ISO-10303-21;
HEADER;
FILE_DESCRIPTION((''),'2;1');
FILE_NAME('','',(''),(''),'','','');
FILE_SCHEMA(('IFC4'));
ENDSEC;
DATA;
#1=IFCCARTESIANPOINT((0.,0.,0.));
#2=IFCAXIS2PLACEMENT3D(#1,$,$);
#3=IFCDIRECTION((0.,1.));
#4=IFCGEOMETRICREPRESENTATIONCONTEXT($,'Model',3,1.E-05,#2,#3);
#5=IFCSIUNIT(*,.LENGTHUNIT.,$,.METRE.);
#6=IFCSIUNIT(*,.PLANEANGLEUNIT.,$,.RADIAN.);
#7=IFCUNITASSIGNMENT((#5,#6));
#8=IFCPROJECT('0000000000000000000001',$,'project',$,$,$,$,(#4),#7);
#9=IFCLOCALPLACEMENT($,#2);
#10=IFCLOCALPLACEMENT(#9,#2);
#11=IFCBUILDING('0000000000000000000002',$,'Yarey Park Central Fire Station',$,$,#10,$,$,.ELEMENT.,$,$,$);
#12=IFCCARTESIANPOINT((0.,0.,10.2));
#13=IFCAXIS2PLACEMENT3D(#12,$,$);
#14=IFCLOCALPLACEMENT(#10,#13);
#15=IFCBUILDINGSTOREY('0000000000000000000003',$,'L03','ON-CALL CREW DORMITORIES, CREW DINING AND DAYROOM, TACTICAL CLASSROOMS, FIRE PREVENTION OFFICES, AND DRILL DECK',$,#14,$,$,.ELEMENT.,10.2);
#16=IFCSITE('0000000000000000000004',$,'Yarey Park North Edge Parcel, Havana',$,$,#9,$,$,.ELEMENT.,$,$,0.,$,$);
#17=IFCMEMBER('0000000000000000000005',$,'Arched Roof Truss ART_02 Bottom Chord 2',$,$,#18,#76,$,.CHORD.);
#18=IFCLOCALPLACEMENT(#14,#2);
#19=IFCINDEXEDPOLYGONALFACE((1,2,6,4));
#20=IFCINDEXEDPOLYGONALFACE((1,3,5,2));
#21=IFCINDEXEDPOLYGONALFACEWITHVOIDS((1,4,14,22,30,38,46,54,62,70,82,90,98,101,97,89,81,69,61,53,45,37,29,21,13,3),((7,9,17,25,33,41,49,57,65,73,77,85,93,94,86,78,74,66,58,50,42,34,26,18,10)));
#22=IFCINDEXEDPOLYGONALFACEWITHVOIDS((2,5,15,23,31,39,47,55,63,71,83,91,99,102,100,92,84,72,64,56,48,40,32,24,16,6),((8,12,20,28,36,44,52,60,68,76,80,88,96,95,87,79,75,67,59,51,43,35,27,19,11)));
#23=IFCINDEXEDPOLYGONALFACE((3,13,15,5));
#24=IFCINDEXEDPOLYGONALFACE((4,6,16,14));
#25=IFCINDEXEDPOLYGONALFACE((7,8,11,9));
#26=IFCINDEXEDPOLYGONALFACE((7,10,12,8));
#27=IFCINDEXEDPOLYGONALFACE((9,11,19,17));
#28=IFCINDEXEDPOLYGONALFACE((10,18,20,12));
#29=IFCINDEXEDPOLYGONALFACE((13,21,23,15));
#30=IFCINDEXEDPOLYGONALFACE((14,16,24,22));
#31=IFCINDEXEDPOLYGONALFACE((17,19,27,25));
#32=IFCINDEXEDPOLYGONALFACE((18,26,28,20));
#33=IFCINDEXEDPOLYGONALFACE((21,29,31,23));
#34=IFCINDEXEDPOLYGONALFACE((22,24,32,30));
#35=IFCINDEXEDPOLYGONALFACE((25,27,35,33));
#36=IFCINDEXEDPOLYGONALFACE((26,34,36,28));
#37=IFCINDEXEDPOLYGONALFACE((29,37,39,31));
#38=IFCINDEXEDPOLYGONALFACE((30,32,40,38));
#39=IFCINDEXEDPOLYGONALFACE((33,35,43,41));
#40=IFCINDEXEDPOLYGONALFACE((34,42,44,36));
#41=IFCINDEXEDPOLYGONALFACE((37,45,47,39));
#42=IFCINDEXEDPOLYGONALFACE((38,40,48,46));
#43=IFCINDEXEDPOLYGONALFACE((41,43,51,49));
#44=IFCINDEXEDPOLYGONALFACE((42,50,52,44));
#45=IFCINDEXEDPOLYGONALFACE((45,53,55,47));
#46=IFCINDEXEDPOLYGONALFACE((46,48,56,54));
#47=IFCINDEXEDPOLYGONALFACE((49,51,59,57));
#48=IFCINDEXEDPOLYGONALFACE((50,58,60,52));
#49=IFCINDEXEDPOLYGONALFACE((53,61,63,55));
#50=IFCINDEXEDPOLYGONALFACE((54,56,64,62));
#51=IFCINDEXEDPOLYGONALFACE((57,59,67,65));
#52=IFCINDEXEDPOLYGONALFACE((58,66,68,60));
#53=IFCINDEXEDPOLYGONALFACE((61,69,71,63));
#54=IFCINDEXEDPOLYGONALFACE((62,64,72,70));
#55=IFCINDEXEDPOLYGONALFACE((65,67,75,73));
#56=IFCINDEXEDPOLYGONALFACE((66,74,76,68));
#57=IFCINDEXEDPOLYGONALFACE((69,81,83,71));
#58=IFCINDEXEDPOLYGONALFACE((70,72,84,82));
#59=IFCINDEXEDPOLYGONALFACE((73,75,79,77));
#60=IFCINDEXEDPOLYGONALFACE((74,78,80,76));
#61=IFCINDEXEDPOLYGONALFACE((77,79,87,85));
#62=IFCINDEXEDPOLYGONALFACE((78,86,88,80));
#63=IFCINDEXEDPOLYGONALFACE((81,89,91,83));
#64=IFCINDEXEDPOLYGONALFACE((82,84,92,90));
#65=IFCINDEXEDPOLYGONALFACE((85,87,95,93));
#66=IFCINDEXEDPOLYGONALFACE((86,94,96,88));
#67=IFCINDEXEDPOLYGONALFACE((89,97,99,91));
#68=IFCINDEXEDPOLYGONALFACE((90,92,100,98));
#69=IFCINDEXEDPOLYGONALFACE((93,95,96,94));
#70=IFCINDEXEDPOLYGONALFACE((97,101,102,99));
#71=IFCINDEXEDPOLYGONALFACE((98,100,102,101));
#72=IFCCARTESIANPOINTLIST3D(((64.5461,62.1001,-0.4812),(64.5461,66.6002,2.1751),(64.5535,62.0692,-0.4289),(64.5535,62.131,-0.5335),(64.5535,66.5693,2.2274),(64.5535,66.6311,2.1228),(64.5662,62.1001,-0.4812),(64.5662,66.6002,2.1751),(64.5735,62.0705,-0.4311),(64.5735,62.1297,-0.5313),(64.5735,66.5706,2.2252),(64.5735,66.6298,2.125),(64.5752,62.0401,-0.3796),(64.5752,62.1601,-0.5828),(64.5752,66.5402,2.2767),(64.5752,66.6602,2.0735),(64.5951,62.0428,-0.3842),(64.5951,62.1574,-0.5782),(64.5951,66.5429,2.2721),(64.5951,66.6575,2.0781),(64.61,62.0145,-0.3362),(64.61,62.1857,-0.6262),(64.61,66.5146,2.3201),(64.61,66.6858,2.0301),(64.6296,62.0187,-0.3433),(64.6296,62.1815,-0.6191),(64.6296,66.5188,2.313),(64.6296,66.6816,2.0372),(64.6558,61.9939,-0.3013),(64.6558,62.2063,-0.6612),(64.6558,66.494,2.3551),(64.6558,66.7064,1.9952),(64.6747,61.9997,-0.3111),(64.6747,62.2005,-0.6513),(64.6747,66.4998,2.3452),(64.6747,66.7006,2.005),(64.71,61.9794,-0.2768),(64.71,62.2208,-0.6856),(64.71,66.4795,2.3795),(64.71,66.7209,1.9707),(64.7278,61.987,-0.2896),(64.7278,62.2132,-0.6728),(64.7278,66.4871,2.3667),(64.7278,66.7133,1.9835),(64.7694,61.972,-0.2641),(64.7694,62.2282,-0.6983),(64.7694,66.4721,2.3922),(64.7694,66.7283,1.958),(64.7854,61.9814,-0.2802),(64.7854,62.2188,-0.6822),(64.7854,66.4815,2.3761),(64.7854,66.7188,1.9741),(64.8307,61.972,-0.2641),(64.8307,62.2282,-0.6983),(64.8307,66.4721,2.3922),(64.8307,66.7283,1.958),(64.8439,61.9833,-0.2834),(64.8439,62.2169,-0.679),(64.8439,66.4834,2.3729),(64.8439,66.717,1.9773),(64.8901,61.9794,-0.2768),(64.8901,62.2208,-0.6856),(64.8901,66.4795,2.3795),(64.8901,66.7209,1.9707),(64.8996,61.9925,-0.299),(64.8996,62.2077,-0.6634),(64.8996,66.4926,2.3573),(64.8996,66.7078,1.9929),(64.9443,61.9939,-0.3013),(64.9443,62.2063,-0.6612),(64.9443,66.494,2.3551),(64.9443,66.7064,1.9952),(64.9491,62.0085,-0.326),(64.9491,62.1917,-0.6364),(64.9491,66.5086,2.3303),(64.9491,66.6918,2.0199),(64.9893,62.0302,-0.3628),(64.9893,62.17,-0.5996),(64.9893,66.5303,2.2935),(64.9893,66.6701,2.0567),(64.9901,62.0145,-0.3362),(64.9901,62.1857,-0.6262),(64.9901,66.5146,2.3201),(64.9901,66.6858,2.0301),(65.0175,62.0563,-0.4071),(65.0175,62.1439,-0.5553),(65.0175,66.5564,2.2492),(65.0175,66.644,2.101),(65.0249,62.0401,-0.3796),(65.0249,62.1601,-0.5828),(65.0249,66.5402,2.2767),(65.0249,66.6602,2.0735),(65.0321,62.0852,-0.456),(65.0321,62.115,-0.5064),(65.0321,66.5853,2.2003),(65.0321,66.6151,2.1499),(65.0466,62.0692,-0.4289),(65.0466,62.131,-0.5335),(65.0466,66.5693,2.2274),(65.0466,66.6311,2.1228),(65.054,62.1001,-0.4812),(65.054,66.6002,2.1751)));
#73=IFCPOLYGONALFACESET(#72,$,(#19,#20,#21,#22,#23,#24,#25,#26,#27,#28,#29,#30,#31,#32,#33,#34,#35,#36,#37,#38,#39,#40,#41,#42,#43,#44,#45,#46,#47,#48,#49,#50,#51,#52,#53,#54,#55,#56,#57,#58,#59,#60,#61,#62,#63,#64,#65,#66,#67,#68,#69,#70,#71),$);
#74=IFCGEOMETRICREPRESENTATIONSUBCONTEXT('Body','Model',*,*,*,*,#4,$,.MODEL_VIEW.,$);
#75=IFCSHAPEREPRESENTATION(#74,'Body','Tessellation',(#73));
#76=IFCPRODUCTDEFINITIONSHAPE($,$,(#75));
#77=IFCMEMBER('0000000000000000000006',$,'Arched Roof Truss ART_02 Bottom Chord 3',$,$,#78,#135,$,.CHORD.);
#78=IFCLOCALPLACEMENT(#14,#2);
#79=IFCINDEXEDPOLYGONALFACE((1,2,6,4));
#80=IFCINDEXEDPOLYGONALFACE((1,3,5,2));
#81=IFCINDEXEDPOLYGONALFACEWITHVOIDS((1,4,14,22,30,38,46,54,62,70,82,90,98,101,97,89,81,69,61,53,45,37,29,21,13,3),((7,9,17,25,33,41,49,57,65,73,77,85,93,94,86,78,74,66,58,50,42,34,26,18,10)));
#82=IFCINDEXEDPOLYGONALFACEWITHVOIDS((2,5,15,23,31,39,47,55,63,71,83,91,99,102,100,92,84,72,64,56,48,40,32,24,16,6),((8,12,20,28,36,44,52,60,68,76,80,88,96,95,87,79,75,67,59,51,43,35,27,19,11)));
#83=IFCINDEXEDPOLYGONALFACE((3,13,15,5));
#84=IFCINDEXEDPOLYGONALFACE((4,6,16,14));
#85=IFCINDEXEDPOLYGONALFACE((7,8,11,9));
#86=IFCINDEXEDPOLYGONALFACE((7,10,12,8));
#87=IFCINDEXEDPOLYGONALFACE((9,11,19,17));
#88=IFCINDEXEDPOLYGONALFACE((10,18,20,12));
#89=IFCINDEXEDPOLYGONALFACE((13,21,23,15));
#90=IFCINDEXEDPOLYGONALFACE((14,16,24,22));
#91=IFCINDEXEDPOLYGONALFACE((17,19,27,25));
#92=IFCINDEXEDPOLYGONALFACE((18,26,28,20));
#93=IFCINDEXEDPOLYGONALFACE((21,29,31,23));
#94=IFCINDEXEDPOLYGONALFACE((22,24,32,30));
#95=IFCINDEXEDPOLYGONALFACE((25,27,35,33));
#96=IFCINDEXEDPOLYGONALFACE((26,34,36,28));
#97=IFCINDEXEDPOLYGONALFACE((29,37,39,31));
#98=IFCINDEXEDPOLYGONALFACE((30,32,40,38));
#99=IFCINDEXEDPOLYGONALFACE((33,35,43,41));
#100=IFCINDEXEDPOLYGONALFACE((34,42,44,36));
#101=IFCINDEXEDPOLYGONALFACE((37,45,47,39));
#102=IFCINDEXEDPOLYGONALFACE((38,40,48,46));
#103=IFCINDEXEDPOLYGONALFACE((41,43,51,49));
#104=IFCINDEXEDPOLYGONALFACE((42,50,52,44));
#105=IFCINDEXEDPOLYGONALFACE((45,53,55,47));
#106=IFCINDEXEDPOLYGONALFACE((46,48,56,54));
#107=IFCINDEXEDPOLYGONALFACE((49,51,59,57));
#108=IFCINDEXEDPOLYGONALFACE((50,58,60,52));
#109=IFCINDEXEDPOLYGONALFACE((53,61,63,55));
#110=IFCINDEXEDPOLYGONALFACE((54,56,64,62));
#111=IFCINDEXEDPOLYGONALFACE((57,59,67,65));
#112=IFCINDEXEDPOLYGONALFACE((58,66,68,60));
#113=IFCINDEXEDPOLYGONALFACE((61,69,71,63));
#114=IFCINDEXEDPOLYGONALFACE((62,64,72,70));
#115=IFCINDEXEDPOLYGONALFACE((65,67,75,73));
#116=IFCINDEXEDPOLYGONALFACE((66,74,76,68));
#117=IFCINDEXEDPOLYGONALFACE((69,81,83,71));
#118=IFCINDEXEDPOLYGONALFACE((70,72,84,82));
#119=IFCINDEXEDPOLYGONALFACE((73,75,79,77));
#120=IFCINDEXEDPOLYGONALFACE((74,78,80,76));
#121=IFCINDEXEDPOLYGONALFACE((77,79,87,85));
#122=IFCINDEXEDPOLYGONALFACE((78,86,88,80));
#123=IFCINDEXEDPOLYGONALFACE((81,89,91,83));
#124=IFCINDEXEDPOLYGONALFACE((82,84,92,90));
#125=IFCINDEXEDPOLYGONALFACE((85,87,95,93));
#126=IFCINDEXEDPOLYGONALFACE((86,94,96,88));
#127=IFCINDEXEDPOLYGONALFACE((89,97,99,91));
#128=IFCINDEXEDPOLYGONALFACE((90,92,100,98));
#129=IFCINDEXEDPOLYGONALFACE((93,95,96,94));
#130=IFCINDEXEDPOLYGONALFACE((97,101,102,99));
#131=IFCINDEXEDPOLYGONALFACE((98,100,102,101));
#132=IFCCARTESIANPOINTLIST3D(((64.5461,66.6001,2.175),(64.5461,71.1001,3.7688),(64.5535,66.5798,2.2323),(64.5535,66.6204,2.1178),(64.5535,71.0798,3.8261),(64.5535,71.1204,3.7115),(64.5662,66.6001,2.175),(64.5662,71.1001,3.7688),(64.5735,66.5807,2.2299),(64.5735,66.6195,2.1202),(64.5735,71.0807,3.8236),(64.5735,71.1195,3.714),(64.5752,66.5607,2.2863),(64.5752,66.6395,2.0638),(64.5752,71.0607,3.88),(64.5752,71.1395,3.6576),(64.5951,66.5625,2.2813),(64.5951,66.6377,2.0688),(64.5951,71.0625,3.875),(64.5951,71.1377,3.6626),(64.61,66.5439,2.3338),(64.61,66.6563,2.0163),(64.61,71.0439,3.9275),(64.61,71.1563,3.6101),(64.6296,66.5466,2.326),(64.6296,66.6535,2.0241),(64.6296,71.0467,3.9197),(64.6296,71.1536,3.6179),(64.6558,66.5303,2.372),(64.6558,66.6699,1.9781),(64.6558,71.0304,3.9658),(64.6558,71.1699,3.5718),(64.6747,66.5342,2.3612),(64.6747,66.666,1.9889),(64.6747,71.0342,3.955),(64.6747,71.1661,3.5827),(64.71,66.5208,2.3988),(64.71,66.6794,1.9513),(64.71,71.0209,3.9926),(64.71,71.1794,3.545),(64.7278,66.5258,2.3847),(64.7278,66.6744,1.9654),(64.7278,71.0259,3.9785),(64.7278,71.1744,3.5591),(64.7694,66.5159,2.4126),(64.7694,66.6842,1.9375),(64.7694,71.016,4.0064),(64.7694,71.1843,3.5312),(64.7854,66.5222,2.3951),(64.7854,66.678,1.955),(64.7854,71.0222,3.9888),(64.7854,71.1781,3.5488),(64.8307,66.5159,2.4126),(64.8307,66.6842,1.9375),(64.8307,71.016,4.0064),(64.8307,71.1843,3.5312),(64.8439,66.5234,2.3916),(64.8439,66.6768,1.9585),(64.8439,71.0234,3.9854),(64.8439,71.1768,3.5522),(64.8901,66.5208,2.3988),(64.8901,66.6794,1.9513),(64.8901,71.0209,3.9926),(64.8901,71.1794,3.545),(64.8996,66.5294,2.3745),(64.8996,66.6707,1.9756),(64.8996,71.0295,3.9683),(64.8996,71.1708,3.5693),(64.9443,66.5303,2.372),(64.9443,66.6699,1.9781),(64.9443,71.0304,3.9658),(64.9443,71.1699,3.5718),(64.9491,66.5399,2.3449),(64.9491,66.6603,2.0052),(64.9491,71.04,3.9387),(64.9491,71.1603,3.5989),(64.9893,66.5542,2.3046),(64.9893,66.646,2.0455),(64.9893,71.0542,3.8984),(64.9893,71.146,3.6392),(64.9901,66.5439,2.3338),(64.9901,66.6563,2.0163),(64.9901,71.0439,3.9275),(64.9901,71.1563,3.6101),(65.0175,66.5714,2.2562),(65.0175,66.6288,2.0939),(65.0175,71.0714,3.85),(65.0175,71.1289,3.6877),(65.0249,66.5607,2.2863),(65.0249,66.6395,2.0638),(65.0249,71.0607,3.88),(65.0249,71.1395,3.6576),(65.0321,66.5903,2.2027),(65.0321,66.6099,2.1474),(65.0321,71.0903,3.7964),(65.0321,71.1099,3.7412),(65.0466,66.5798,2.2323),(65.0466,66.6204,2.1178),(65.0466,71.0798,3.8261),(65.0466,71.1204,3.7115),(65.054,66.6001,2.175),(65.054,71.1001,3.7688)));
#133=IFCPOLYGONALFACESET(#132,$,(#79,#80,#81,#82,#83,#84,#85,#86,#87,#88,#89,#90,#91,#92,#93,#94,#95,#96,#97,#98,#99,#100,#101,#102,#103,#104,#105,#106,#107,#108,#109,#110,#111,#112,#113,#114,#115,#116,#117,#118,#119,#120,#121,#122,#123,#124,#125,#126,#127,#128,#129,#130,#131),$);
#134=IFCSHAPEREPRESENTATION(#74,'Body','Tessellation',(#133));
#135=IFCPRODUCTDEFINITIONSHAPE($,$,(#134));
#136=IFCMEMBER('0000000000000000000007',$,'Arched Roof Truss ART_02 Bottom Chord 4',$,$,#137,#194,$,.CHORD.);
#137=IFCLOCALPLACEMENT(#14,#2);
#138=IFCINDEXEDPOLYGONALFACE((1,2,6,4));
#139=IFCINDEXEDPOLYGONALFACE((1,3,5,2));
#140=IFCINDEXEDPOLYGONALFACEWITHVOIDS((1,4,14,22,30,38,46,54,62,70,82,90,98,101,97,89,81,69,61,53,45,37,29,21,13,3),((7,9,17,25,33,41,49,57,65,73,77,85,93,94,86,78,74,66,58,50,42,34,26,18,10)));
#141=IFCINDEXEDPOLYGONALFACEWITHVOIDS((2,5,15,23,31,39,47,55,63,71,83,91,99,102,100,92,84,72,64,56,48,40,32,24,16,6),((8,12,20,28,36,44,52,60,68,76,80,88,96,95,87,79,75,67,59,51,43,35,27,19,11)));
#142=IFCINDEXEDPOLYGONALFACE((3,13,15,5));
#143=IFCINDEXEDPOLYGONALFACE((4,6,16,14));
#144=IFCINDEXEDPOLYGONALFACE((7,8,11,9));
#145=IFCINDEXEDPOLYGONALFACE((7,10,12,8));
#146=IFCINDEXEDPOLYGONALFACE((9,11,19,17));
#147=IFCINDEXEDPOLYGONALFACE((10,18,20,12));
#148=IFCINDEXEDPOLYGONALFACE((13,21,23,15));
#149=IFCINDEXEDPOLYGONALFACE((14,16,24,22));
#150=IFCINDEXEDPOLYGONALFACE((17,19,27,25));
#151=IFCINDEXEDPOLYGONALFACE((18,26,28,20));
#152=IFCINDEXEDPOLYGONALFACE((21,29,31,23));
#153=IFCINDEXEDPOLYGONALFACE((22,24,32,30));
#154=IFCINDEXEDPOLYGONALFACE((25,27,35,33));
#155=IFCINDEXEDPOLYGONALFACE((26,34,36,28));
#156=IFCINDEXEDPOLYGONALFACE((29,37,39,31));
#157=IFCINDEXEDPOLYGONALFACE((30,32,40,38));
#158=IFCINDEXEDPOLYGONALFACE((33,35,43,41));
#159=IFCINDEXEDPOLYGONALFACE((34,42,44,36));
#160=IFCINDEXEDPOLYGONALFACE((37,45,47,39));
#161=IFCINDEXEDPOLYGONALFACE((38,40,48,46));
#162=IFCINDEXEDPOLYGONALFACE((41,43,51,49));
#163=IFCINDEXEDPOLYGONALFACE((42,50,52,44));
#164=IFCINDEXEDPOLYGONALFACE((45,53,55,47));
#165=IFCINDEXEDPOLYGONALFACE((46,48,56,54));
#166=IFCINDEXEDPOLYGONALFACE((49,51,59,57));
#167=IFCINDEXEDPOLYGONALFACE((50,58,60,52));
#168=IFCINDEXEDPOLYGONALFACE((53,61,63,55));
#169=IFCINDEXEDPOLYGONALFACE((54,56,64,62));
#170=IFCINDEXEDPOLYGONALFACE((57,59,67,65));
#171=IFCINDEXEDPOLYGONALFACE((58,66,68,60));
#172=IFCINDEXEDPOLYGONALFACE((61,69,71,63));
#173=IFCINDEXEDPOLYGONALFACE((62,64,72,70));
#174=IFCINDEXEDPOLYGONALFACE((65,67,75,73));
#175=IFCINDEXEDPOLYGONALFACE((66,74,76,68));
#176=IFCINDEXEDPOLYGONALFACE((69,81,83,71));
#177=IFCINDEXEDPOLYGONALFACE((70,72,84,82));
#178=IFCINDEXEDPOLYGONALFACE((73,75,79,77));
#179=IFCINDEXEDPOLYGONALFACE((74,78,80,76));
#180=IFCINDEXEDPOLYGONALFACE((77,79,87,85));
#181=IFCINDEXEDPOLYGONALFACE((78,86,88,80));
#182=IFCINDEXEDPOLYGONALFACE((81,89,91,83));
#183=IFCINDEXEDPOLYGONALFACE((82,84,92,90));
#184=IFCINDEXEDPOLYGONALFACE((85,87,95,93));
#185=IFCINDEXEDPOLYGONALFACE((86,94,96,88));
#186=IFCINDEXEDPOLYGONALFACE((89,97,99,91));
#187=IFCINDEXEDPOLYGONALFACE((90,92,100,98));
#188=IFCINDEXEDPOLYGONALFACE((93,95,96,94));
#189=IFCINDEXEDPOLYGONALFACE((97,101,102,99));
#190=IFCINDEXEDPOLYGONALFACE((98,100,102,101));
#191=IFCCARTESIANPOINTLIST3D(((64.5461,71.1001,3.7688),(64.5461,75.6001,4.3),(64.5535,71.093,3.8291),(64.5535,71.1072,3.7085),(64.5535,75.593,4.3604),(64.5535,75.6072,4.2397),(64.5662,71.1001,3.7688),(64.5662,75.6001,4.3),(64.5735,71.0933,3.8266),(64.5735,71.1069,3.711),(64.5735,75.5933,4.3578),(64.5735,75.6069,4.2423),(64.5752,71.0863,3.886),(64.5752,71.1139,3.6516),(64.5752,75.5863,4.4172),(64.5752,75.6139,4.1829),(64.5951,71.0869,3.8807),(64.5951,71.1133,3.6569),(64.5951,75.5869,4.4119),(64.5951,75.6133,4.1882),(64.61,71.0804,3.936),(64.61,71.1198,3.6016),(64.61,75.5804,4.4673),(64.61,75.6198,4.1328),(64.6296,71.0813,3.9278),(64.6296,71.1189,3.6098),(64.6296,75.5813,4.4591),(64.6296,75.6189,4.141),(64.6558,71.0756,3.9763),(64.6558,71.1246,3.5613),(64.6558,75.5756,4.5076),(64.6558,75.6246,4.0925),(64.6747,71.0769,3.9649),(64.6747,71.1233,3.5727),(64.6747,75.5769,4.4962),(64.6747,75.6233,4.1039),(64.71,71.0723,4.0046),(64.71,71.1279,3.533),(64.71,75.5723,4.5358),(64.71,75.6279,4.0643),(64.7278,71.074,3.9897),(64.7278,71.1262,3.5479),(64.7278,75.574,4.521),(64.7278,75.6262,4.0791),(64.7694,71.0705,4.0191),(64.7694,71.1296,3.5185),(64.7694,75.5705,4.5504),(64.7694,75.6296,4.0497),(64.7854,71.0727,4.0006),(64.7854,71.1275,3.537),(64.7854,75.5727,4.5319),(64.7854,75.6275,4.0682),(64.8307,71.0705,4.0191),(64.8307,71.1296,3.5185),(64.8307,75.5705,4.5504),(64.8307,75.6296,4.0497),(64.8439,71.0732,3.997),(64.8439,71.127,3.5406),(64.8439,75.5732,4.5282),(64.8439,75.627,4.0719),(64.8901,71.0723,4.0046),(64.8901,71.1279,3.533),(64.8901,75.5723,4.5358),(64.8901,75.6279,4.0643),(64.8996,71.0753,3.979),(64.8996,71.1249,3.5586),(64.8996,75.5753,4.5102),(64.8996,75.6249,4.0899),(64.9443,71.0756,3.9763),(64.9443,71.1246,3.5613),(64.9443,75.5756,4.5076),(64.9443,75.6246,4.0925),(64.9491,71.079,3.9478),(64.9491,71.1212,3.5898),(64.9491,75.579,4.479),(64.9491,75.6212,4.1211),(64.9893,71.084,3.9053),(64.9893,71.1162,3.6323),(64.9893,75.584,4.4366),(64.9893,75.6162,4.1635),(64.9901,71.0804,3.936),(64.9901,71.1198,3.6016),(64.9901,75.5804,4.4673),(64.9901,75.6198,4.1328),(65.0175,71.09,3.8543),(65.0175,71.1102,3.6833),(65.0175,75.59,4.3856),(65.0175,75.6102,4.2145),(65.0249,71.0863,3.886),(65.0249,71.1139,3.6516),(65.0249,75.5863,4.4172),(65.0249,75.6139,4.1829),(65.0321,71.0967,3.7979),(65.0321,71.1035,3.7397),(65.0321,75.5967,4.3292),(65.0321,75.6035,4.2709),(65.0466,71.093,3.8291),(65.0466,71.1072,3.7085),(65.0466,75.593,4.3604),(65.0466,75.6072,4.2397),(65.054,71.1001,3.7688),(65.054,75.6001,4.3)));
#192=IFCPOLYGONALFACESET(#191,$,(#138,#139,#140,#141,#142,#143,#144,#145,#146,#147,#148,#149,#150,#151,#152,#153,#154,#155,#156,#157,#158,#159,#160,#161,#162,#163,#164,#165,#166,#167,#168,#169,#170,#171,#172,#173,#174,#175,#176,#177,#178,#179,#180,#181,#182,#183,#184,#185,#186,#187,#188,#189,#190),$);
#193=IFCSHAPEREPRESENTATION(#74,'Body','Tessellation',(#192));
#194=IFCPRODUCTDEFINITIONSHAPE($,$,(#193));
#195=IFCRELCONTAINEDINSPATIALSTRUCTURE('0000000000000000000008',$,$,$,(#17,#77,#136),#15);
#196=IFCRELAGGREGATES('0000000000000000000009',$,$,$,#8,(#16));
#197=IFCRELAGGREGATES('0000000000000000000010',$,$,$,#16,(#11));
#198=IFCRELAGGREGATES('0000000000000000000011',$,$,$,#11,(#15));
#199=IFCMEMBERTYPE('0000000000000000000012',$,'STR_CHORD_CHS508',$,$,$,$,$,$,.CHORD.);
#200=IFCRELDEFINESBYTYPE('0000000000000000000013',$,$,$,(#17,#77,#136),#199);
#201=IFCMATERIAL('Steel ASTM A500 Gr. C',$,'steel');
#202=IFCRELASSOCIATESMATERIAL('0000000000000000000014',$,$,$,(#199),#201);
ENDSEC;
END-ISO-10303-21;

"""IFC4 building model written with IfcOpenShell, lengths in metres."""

from ifc_helpers import new_model, si_unit, direction, frame, origin, origin_2d, place, context, subcontext, project, spatial, hollow_circle, extrude, material, material_profile, profile_set, type_object, element, save


model = new_model("IFC4")

# Units and contexts
model_context = context("Model", 3, precision=1e-05, world=origin(), true_north=direction((0.0, 1.0)))
body_context = subcontext(model_context, "Body", "Model", "MODEL_VIEW")
ifc_project = project(units=[si_unit("LENGTHUNIT", "METRE"), si_unit("PLANEANGLEUNIT", "RADIAN")], contexts=[model_context])

# Site, building, storey
site_placement = place(None, origin())
site = spatial("IfcSite", under=ifc_project, at=site_placement, Name="Yarey Park North Edge Parcel, Havana", CompositionType="ELEMENT", RefElevation=0.0)
building_placement = place(site_placement, origin())
building = spatial("IfcBuilding", under=site, at=building_placement, Name="Yarey Park Central Fire Station", CompositionType="ELEMENT")
storey_placement = place(building_placement, frame((0.0, 0.0, 10.2)))
storey = spatial("IfcBuildingStorey", under=building, at=storey_placement, Name="L03", Description="ON-CALL CREW DORMITORIES, CREW DINING AND DAYROOM, TACTICAL CLASSROOMS, FIRE PREVENTION OFFICES, AND DRILL DECK", CompositionType="ELEMENT", Elevation=10.2)

# Members
ifc_material_1 = material(Name="Steel ASTM A500 Gr. C", Category="steel")
ifc_material_profile_1 = material_profile(ifc_material_1, hollow_circle(Radius=0.2539, WallThickness=0.02, at=origin_2d()), Name="CHS 508x20")
ifc_profile_set_1 = profile_set([ifc_material_profile_1], Name="Steel ASTM A500 Gr. C")
member_type_1 = type_object("IfcMemberType", Name="STR_CHORD_CHS508", PredefinedType="CHORD", material=ifc_profile_set_1)
member_1_placement = place(storey_placement, frame((64.8, 62.1001, -0.4812), z_axis=(0.0, 0.861165, 0.508326), x_axis=(-1.0, 0.0, 0.0)))
element("IfcMember", 1, at=member_1_placement, inside=storey, type_object=member_type_1, Name="Arched Roof Truss ART_02 Bottom Chord 2", PredefinedType="CHORD", context=body_context, shape_type="SweptSolid", body=[
    extrude(hollow_circle(Radius=0.2539, WallThickness=0.02, at=origin_2d()), origin(), (0.0, 0.0, 1.0), 5.2256),
])
member_2_placement = place(storey_placement, frame((64.8, 66.6001, 2.175), z_axis=(0.0, 0.942627, 0.333847), x_axis=(-1.0, 0.0, 0.0)))
element("IfcMember", 2, at=member_2_placement, inside=storey, type_object=member_type_1, Name="Arched Roof Truss ART_02 Bottom Chord 3", PredefinedType="CHORD", context=body_context, shape_type="SweptSolid", body=[
    extrude(hollow_circle(Radius=0.2539, WallThickness=0.02, at=origin_2d()), origin(), (0.0, 0.0, 1.0), 4.7739),
])
member_3_placement = place(storey_placement, frame((64.8, 71.1001, 3.7688), z_axis=(0.0, 0.993103, 0.117241), x_axis=(-1.0, 0.0, 0.0)))
element("IfcMember", 3, at=member_3_placement, inside=storey, type_object=member_type_1, Name="Arched Roof Truss ART_02 Bottom Chord 4", PredefinedType="CHORD", context=body_context, shape_type="SweptSolid", body=[
    extrude(hollow_circle(Radius=0.2539, WallThickness=0.02, at=origin_2d()), origin(), (0.0, 0.0, 1.0), 4.5312),
])

save(model, "model.ifc")
